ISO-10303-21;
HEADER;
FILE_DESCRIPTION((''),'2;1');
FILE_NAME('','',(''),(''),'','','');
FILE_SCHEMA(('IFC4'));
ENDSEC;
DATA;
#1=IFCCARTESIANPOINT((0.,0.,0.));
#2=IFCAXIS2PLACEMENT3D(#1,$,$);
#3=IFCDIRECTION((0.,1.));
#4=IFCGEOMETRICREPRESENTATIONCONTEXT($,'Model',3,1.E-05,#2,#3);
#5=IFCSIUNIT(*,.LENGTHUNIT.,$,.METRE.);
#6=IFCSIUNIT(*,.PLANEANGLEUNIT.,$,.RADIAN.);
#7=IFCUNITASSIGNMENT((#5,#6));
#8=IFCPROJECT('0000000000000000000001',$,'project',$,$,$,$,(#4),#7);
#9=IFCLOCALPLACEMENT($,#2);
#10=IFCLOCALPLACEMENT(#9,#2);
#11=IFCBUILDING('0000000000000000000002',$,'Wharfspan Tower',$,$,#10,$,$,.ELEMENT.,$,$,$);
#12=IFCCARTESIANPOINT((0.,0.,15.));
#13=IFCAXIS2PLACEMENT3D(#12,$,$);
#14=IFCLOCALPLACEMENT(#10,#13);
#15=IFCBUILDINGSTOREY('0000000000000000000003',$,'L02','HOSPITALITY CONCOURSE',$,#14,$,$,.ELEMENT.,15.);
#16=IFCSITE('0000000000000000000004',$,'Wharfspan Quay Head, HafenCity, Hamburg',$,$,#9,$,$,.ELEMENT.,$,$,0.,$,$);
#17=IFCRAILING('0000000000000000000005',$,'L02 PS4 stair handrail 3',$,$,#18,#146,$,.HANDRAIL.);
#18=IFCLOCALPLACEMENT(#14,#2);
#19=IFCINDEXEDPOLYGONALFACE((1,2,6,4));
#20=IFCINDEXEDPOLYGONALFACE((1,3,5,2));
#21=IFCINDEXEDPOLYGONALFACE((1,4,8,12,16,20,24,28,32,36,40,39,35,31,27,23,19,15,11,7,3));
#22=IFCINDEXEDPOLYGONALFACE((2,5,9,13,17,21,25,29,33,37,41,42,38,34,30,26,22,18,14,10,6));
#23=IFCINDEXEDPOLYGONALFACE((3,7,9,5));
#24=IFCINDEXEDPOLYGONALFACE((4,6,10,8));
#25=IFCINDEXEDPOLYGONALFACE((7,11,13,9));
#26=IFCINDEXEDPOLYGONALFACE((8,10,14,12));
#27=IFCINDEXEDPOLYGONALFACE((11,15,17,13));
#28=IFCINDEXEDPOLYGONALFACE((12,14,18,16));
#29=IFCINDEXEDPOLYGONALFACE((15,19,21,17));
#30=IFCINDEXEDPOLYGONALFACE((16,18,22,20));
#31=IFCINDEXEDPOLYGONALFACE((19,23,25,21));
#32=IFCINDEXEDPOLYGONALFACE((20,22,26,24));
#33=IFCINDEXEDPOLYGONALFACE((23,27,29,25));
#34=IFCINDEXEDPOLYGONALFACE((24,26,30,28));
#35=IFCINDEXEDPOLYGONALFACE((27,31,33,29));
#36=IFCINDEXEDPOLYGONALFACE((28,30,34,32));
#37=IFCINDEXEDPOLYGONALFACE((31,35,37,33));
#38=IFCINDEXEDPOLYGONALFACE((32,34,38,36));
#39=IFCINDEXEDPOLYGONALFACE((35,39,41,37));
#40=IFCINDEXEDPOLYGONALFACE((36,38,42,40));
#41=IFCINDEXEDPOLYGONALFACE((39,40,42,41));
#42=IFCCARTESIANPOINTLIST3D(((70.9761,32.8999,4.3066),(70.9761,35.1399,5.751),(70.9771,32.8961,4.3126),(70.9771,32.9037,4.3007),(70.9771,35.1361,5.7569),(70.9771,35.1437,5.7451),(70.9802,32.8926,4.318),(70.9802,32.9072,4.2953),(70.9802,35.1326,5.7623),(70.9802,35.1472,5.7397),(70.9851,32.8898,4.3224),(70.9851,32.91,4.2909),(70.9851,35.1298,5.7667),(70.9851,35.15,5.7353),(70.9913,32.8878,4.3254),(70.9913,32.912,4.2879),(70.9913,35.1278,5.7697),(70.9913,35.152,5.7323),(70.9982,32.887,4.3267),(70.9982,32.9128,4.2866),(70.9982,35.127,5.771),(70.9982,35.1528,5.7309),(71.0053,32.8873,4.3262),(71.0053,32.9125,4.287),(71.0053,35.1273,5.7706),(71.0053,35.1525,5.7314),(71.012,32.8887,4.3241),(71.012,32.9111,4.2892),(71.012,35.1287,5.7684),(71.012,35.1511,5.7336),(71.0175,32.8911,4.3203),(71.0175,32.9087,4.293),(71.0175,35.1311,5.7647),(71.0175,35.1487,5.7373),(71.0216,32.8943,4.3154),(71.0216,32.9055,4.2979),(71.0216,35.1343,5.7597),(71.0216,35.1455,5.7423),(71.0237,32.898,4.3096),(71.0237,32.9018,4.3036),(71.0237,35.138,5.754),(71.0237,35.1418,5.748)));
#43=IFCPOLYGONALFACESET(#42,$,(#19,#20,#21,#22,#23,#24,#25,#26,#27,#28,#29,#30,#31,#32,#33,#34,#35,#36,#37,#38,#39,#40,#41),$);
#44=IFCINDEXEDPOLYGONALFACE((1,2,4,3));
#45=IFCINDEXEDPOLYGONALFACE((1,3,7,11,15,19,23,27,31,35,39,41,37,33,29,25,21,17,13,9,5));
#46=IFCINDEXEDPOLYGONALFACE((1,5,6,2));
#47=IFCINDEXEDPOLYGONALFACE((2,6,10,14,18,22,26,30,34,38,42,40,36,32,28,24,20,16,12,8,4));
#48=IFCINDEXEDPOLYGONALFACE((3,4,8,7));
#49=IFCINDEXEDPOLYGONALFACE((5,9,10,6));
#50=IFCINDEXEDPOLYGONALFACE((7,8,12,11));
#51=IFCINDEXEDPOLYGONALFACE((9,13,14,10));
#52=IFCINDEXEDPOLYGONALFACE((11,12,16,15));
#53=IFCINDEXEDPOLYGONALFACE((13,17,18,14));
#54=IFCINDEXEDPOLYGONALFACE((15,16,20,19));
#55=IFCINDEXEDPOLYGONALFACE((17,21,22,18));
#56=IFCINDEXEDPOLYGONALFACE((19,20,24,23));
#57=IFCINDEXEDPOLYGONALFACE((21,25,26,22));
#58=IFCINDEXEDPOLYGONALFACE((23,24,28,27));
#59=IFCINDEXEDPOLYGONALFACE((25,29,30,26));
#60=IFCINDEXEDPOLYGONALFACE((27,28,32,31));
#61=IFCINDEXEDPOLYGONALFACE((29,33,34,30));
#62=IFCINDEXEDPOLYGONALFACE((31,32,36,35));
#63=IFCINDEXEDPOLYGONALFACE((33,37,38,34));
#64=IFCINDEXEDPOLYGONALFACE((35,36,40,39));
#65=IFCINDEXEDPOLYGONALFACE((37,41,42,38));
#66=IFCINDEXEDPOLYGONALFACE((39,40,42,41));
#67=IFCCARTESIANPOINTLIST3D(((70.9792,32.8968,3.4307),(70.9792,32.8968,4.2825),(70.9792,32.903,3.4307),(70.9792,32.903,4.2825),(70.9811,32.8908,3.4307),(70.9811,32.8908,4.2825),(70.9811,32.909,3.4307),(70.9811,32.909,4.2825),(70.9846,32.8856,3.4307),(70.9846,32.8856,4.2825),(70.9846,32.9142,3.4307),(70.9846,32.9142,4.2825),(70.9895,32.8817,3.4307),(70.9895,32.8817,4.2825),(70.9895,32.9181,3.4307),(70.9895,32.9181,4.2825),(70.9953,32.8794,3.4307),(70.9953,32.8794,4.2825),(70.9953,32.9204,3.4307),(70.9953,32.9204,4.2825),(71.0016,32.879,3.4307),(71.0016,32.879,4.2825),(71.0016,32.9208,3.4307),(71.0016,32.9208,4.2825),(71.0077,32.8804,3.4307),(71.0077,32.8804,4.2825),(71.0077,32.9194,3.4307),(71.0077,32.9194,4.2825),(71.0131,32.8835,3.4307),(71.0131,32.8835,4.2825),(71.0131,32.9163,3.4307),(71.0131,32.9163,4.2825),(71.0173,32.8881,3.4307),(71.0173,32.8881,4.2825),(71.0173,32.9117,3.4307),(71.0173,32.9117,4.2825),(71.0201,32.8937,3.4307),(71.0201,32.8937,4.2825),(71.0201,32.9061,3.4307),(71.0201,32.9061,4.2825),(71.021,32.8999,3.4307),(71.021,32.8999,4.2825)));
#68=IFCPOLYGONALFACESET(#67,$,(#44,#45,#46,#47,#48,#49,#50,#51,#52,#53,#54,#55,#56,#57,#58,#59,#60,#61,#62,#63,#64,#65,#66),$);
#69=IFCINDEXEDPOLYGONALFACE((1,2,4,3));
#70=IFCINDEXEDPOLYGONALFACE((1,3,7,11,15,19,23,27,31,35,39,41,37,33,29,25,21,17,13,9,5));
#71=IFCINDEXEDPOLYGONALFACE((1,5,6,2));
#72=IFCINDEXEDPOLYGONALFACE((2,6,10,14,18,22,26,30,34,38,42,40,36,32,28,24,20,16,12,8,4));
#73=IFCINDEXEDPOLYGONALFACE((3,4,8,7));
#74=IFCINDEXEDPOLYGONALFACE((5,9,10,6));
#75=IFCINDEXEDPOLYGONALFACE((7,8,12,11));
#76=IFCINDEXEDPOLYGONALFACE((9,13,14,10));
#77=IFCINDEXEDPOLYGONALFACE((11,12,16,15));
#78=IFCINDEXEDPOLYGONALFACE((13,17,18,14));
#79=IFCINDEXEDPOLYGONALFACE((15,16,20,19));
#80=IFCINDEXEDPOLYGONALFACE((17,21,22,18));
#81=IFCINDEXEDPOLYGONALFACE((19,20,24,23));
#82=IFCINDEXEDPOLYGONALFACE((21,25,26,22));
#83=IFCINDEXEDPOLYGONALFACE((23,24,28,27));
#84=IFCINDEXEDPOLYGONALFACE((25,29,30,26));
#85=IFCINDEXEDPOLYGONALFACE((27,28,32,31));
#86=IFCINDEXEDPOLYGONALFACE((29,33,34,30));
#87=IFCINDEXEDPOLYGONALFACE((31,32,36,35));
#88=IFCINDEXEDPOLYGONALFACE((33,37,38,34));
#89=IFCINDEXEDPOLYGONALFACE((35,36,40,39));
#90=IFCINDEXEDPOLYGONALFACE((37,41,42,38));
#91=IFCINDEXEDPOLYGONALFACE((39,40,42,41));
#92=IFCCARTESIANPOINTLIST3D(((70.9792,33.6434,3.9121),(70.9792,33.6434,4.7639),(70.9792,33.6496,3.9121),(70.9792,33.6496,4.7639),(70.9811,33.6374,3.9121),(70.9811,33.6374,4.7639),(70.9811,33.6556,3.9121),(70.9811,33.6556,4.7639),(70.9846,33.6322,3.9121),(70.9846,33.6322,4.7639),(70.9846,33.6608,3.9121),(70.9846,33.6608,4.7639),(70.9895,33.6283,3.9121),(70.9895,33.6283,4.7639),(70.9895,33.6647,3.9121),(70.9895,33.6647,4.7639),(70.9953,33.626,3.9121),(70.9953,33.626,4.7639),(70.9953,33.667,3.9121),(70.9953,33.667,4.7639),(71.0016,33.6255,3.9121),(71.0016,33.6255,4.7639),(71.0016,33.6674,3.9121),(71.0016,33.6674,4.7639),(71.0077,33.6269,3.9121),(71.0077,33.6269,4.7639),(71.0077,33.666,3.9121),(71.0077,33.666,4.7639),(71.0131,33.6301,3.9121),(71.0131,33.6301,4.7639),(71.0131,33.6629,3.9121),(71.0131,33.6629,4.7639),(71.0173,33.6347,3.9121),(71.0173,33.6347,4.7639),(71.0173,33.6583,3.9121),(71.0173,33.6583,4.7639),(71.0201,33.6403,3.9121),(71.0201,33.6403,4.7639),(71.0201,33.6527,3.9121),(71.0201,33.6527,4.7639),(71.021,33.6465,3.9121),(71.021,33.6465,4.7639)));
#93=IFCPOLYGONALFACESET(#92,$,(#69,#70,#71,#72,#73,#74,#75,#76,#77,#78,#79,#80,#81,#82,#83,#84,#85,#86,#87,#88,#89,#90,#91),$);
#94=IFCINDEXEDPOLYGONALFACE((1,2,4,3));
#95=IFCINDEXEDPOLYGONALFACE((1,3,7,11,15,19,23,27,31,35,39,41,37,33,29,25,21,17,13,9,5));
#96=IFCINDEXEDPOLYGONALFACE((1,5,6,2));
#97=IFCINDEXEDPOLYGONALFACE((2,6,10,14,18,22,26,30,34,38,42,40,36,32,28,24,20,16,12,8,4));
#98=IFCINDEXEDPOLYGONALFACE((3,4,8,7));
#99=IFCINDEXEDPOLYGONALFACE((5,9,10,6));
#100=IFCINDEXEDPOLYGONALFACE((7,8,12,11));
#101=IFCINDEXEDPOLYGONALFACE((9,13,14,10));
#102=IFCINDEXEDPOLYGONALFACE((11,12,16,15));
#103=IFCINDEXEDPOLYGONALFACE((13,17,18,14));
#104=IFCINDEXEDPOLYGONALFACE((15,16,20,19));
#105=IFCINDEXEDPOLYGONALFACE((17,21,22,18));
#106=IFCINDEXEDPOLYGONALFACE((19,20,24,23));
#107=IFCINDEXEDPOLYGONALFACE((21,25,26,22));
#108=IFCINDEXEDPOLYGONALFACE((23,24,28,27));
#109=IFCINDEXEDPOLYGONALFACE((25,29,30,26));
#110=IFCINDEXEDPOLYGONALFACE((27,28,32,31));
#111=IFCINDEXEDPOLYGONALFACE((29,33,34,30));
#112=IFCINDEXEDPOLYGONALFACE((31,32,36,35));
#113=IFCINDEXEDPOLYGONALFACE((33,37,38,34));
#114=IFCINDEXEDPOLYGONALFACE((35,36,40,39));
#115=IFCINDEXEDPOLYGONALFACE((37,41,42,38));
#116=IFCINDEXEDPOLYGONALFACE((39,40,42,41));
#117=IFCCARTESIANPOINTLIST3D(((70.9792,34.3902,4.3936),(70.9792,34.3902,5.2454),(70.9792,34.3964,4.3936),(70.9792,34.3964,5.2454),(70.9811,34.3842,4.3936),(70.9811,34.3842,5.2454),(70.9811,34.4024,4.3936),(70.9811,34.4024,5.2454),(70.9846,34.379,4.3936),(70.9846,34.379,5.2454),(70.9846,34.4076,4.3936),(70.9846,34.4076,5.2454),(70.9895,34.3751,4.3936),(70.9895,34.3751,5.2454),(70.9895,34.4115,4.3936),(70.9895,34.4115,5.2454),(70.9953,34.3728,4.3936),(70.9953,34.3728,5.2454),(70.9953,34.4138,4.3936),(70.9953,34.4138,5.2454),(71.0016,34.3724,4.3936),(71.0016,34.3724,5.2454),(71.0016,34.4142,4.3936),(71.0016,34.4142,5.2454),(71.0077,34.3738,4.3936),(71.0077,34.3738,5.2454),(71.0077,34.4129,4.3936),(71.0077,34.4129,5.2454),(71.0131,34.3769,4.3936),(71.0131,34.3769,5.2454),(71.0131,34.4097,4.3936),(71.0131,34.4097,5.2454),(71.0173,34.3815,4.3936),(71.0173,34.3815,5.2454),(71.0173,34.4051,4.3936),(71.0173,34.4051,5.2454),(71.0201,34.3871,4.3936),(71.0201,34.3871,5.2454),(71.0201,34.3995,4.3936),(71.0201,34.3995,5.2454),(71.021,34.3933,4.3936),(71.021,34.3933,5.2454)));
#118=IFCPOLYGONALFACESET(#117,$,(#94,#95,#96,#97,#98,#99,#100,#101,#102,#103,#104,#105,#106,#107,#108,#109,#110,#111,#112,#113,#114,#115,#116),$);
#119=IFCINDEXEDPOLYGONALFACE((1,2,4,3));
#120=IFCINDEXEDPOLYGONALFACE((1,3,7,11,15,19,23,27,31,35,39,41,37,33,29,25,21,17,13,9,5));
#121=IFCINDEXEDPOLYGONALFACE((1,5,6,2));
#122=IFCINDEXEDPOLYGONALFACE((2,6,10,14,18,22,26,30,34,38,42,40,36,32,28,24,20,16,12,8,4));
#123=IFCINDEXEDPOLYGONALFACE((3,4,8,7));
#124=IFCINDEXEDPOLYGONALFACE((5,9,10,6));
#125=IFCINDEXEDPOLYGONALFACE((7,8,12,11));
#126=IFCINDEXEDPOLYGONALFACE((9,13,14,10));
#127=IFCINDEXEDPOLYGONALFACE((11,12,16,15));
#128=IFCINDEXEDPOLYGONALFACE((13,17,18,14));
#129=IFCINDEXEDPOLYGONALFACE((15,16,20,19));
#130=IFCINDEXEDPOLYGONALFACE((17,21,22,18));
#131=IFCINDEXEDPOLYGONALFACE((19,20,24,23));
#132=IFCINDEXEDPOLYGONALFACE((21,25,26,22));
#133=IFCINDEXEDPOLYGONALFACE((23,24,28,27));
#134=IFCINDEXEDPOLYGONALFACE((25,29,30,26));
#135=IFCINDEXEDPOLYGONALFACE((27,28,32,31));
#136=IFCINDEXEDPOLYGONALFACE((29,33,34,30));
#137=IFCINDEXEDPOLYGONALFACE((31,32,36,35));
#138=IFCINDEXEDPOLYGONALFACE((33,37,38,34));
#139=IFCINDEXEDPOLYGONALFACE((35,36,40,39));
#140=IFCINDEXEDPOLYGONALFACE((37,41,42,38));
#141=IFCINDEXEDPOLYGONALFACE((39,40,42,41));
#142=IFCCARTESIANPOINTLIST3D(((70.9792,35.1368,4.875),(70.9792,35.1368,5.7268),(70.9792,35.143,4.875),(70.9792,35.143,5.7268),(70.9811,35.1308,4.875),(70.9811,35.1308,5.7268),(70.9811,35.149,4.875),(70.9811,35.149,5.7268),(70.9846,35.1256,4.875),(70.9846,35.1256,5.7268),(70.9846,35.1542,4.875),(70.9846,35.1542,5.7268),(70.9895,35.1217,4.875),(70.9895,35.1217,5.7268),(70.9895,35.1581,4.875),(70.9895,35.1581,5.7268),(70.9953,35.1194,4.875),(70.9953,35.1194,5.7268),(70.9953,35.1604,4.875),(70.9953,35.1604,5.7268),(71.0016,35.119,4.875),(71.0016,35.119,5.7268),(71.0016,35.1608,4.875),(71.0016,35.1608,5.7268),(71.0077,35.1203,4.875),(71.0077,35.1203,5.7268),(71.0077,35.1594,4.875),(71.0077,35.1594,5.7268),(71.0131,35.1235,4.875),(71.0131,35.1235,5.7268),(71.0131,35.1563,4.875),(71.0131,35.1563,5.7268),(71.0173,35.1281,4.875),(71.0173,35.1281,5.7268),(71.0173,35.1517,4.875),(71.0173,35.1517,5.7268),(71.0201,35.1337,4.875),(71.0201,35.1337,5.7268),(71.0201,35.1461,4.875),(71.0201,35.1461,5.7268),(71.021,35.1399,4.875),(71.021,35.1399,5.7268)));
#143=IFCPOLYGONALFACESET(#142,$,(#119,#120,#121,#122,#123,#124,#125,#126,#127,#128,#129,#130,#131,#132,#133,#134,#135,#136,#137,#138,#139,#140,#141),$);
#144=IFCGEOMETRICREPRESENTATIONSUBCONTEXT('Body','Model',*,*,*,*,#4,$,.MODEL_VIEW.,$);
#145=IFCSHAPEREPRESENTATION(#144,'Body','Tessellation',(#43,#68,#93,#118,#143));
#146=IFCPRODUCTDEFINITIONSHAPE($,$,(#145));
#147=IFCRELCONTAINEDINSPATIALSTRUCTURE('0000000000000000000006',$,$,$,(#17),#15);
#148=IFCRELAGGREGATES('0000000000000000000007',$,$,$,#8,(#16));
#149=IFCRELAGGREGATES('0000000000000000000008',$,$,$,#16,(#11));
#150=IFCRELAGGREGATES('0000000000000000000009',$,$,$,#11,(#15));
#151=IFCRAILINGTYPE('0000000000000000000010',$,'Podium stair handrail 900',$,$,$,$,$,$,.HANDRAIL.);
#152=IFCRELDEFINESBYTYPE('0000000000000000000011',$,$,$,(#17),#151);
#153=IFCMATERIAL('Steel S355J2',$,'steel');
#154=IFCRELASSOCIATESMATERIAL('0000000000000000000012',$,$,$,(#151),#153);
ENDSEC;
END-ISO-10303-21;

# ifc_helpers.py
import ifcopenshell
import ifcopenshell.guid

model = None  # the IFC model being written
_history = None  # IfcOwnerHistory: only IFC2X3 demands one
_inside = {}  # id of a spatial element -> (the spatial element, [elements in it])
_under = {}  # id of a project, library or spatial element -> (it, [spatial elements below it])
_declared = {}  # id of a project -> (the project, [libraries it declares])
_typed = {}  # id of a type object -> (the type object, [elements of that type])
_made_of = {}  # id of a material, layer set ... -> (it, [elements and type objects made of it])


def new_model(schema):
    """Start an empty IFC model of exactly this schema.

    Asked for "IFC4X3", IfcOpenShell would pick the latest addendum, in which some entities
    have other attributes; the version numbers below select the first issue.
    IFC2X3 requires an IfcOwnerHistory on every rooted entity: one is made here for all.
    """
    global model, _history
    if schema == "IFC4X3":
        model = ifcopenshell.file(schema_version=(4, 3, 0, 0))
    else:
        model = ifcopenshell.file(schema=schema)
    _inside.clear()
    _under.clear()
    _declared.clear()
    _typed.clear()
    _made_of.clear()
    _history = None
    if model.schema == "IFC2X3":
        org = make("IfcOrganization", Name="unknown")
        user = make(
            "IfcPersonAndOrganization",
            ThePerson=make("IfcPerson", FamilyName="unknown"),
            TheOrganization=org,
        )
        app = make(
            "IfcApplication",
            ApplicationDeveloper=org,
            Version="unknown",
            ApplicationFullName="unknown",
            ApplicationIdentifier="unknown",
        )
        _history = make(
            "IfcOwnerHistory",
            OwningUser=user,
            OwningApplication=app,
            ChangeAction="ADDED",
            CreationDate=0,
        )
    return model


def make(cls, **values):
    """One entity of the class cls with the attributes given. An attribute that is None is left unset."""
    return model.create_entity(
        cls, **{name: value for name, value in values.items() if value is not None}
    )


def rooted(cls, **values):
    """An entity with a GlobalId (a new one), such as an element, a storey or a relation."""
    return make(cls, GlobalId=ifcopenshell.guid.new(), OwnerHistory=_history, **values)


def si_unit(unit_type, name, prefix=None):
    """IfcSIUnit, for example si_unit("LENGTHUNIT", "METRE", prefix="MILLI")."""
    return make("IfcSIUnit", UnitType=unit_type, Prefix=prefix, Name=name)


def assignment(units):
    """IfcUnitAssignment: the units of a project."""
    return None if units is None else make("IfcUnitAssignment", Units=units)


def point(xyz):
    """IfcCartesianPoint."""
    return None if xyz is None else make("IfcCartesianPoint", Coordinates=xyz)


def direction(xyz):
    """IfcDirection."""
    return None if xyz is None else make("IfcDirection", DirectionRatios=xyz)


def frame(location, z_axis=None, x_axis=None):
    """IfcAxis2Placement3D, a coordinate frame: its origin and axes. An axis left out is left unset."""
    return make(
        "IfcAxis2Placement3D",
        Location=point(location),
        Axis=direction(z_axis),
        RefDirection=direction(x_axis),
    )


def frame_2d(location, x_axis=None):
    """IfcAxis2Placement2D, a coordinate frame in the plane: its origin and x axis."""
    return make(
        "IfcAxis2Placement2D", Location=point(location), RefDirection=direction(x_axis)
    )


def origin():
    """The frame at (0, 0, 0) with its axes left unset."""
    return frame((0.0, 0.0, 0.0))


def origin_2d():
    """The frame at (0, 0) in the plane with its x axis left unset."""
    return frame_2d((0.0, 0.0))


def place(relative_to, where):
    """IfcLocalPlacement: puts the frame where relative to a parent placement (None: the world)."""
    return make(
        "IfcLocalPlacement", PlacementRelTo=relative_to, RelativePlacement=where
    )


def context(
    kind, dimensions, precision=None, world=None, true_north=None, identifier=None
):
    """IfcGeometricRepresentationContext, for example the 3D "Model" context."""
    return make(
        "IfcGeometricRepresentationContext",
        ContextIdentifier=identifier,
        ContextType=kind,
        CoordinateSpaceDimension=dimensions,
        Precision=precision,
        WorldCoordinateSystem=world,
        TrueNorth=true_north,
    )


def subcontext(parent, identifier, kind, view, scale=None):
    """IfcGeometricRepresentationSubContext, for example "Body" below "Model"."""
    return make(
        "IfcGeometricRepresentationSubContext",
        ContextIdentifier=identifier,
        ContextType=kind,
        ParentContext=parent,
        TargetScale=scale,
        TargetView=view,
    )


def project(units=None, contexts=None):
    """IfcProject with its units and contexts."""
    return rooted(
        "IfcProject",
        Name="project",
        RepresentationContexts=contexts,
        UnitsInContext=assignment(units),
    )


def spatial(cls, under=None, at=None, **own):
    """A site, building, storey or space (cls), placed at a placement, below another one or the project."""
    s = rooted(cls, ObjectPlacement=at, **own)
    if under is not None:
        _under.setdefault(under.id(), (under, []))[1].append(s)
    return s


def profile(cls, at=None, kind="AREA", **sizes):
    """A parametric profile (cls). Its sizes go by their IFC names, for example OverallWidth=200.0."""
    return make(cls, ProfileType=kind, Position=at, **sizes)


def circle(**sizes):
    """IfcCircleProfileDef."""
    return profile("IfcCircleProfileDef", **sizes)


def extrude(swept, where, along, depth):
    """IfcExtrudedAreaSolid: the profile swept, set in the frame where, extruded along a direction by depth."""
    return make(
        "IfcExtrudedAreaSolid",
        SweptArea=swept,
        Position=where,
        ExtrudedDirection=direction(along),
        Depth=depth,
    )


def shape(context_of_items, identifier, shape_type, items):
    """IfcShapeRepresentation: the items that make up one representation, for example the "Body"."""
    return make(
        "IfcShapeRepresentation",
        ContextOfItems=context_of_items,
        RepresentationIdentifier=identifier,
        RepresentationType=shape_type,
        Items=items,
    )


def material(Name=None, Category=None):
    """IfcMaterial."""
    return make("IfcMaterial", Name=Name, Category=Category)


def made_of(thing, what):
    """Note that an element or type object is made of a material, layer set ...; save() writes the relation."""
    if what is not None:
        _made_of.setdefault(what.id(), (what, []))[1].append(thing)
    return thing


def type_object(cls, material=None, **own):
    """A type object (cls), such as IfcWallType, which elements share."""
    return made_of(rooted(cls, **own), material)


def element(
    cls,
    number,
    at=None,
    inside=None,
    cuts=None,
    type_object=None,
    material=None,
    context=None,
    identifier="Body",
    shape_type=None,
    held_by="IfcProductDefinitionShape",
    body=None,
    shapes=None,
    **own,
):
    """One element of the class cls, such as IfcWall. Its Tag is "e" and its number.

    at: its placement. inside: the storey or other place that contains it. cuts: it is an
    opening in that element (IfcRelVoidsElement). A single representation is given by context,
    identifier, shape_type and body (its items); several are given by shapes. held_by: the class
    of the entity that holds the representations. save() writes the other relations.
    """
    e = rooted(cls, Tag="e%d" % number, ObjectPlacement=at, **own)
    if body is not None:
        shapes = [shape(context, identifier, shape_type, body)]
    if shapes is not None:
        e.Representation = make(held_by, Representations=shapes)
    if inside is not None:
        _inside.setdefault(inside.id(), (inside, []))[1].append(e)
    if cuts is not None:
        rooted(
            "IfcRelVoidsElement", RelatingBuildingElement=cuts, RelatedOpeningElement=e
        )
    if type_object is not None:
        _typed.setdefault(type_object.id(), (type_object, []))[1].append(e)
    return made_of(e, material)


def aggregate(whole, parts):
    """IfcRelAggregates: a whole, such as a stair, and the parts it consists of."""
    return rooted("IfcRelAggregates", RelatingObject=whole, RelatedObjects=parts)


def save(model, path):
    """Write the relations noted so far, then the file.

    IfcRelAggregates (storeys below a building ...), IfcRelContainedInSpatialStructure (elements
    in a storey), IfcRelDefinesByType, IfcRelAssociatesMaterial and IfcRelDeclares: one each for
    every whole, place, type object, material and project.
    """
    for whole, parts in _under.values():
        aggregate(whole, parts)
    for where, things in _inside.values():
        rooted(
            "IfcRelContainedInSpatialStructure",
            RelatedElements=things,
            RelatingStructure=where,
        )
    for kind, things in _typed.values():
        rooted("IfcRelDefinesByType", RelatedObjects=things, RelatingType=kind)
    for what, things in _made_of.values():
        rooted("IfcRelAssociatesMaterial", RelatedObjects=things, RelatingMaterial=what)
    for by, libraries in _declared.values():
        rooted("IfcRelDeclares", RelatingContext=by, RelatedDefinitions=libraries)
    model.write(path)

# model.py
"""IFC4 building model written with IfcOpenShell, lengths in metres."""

from ifc_helpers import new_model, si_unit, direction, frame, origin, origin_2d, place, context, subcontext, project, spatial, circle, extrude, material, type_object, element, save


model = new_model("IFC4")

# Units and contexts
model_context = context("Model", 3, precision=1e-05, world=origin(), true_north=direction((0.0, 1.0)))
body_context = subcontext(model_context, "Body", "Model", "MODEL_VIEW")
ifc_project = project(units=[si_unit("LENGTHUNIT", "METRE"), si_unit("PLANEANGLEUNIT", "RADIAN")], contexts=[model_context])

# Site, building, storey
site_placement = place(None, origin())
site = spatial("IfcSite", under=ifc_project, at=site_placement, Name="Wharfspan Quay Head, HafenCity, Hamburg", CompositionType="ELEMENT", RefElevation=0.0)
building_placement = place(site_placement, origin())
building = spatial("IfcBuilding", under=site, at=building_placement, Name="Wharfspan Tower", CompositionType="ELEMENT")
storey_placement = place(building_placement, frame((0.0, 0.0, 15.0)))
storey = spatial("IfcBuildingStorey", under=building, at=storey_placement, Name="L02", Description="HOSPITALITY CONCOURSE", CompositionType="ELEMENT", Elevation=15.0)

# Railing
ifc_material_1 = material(Name="Steel S355J2", Category="steel")
railing_type_1 = type_object("IfcRailingType", Name="Podium stair handrail 900", PredefinedType="HANDRAIL", material=ifc_material_1)
railing_1_placement = place(storey_placement, frame((71.0, 32.8999, 3.4307)))
element("IfcRailing", 1, at=railing_1_placement, inside=storey, type_object=railing_type_1, Name="L02 PS4 stair handrail 3", PredefinedType="HANDRAIL", context=body_context, shape_type="SweptSolid", body=[
    extrude(circle(Radius=0.0239, at=origin_2d()), frame((0.0, 0.0, 0.876), z_axis=(0.0, 0.840437, 0.54191), x_axis=(-1.0, 0.0, 0.0)), (0.0, 0.0, 1.0), 2.6653),
    extrude(circle(Radius=0.021, at=origin_2d()), origin(), (0.0, 0.0, 1.0), 0.8518),
    extrude(circle(Radius=0.021, at=origin_2d()), frame((0.0, 0.7466, 0.4814)), (0.0, 0.0, 1.0), 0.8518),
    extrude(circle(Radius=0.021, at=origin_2d()), frame((0.0, 1.4934, 0.9629)), (0.0, 0.0, 1.0), 0.8518),
    extrude(circle(Radius=0.021, at=origin_2d()), frame((0.0, 2.24, 1.4443)), (0.0, 0.0, 1.0), 0.8518),
])

save(model, "model.ifc")
